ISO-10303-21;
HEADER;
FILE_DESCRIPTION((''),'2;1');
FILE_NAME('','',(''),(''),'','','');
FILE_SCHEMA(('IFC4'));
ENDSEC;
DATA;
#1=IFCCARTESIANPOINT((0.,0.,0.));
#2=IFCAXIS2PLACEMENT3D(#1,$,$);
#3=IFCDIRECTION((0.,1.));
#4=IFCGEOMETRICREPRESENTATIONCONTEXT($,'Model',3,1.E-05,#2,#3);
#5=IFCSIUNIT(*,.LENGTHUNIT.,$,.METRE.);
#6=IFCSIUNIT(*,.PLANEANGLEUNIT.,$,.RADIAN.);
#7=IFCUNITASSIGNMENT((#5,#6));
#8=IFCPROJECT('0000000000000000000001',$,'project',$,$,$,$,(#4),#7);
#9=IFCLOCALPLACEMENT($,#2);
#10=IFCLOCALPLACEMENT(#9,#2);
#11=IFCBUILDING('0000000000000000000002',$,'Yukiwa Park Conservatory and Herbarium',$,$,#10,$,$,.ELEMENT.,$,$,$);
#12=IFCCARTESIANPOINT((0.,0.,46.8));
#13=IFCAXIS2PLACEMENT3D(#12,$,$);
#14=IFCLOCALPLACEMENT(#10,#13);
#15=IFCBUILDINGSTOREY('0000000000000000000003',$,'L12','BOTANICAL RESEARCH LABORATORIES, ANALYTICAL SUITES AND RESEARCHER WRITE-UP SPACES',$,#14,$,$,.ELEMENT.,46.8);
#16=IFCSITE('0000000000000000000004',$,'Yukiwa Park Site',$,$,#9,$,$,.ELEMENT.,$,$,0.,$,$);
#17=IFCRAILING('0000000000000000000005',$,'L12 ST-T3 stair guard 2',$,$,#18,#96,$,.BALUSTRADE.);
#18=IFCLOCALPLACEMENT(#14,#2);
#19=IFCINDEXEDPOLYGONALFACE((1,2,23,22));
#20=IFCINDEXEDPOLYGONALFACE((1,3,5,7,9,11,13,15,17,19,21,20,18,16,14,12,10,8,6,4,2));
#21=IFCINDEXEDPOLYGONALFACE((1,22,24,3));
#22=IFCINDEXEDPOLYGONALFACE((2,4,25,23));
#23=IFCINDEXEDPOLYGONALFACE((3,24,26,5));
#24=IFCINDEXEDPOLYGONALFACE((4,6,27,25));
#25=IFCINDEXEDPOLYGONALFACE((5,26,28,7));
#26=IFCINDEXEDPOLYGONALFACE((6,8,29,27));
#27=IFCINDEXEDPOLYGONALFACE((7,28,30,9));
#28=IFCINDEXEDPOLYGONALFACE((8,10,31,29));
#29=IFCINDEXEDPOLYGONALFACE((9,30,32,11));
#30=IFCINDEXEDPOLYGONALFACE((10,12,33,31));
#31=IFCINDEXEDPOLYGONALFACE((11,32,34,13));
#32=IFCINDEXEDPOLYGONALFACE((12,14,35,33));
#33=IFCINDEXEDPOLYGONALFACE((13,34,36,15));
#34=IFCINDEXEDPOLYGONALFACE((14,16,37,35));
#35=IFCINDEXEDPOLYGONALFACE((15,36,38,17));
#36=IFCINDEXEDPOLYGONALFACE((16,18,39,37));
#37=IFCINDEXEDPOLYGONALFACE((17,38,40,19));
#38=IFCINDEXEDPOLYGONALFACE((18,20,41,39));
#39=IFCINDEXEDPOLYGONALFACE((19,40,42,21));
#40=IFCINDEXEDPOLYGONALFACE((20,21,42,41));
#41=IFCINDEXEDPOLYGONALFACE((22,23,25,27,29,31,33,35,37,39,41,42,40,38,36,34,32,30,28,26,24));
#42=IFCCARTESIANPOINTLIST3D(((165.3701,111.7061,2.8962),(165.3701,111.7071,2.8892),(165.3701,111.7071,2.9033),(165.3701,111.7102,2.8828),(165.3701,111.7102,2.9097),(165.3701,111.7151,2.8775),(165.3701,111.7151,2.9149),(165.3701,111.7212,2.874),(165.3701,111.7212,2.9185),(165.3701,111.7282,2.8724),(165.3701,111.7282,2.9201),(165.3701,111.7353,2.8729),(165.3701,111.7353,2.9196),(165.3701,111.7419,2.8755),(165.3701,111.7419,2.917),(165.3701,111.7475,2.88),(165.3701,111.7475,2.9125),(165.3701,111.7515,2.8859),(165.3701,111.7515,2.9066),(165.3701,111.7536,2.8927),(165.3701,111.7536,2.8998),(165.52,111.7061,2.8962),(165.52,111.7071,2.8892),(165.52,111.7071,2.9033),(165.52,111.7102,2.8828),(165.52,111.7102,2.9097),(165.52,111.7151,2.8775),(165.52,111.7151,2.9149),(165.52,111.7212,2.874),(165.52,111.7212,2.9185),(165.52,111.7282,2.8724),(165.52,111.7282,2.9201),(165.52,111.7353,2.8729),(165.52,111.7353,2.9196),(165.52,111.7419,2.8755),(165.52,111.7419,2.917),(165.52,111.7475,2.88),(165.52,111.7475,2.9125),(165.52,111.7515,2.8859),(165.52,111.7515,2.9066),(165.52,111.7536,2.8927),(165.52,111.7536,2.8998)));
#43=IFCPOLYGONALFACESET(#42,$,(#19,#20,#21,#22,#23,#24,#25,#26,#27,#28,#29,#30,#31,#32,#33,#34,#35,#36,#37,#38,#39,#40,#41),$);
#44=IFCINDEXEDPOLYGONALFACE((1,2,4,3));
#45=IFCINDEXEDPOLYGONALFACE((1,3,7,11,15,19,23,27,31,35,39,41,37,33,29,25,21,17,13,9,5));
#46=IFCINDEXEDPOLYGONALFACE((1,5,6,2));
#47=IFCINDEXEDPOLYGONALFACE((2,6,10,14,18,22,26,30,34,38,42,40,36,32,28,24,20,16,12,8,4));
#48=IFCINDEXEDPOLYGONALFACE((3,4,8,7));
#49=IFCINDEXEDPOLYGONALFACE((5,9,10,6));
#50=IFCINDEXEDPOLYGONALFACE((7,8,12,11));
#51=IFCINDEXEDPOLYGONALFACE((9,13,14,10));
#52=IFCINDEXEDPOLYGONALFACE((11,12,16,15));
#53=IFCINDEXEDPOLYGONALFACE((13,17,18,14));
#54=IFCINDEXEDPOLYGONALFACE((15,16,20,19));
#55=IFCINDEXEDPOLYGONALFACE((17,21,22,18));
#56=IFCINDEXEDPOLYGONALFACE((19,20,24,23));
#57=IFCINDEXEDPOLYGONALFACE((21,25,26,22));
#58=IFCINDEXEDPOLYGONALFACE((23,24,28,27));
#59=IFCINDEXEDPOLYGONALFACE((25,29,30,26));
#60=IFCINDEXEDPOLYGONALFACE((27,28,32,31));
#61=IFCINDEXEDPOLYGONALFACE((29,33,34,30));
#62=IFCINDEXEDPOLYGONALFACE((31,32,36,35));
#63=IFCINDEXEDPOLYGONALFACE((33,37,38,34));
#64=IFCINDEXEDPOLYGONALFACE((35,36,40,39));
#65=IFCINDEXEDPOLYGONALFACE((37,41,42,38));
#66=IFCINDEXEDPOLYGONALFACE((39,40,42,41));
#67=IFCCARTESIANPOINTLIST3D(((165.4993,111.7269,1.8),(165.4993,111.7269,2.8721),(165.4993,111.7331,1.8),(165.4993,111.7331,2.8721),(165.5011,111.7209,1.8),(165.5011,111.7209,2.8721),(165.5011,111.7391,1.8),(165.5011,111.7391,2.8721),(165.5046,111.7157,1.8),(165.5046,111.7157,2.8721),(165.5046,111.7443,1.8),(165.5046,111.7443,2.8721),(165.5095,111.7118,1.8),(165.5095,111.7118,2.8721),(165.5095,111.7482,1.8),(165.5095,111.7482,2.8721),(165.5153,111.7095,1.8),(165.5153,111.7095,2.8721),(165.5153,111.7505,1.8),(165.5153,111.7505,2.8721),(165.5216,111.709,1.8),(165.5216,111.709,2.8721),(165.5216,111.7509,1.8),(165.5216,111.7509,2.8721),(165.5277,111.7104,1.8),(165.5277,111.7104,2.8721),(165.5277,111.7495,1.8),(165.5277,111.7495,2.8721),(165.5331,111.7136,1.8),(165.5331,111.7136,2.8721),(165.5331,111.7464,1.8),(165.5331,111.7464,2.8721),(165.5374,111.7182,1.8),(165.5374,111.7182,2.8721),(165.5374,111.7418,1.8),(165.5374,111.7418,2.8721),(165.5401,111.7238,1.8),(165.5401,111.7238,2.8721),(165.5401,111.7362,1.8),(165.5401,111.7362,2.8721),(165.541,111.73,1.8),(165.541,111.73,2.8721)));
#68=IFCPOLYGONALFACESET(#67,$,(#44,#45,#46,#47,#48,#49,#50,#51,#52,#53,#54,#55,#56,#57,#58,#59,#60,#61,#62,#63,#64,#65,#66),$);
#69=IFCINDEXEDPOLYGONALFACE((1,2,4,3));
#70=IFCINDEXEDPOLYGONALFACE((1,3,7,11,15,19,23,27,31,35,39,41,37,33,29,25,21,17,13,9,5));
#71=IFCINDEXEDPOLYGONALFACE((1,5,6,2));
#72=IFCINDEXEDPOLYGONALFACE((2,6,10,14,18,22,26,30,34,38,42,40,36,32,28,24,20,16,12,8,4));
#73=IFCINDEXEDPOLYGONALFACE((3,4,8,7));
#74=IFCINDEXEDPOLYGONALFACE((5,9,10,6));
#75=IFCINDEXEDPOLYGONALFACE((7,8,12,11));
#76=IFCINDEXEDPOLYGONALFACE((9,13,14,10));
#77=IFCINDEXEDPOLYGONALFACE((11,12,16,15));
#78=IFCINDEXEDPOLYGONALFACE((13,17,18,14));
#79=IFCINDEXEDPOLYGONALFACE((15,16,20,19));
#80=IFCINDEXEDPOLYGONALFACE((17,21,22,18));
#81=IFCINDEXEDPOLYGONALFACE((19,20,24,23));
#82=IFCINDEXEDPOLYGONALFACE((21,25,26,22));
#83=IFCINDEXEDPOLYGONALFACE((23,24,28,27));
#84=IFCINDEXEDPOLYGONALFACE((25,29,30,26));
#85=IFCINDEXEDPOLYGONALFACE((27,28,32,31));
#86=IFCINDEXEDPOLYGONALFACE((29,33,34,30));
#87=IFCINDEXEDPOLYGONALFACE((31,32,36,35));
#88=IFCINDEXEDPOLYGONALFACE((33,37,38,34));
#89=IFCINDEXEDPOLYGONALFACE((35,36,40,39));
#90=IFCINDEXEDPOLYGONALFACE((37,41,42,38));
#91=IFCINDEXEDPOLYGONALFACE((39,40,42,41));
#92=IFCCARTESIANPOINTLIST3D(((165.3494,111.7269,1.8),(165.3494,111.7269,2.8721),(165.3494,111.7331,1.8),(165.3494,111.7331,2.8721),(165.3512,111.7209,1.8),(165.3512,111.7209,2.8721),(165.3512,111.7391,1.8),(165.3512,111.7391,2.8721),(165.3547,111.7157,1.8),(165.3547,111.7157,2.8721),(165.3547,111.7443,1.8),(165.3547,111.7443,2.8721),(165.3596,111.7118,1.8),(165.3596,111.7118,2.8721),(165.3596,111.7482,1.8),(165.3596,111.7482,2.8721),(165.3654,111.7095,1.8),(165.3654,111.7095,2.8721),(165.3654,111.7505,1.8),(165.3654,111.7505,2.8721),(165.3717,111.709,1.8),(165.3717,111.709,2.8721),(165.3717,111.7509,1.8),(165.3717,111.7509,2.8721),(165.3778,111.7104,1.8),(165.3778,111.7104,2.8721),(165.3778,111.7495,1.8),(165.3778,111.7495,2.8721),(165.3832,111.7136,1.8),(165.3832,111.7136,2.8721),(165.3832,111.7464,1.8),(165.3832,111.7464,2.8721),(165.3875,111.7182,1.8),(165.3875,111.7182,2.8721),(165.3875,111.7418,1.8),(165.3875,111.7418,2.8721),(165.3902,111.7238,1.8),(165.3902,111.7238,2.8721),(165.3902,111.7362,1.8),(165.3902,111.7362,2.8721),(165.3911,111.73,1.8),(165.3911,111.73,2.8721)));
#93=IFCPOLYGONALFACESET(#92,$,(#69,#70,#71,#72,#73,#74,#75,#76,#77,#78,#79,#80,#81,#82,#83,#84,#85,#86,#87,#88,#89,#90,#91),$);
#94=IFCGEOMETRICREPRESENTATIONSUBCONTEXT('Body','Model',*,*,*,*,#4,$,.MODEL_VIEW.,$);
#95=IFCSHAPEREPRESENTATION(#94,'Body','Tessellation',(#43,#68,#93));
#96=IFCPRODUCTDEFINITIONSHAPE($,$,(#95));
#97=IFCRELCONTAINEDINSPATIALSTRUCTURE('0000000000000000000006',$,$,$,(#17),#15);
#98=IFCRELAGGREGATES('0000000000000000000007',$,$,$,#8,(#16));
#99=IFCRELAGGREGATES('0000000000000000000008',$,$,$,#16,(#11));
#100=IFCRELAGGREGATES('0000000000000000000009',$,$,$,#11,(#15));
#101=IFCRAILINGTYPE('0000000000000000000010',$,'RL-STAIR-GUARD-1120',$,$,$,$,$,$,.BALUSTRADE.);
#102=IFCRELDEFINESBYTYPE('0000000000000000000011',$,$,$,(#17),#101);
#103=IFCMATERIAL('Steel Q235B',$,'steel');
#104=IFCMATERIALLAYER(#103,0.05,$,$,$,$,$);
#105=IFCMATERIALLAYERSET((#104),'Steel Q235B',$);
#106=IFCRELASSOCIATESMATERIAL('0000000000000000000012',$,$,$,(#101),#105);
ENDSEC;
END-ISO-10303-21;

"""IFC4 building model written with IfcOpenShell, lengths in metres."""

from ifc_helpers import new_model, si_unit, direction, frame, origin, origin_2d, place, context, subcontext, project, spatial, circle, extrude, material, layer, layer_set, type_object, element, save


model = new_model("IFC4")

# Units and contexts
model_context = context("Model", 3, precision=1e-05, world=origin(), true_north=direction((0.0, 1.0)))
body_context = subcontext(model_context, "Body", "Model", "MODEL_VIEW")
ifc_project = project(units=[si_unit("LENGTHUNIT", "METRE"), si_unit("PLANEANGLEUNIT", "RADIAN")], contexts=[model_context])

# Site, building, storey
site_placement = place(None, origin())
site = spatial("IfcSite", under=ifc_project, at=site_placement, Name="Yukiwa Park Site", CompositionType="ELEMENT", RefElevation=0.0)
building_placement = place(site_placement, origin())
building = spatial("IfcBuilding", under=site, at=building_placement, Name="Yukiwa Park Conservatory and Herbarium", CompositionType="ELEMENT")
storey_placement = place(building_placement, frame((0.0, 0.0, 46.8)))
storey = spatial("IfcBuildingStorey", under=building, at=storey_placement, Name="L12", Description="BOTANICAL RESEARCH LABORATORIES, ANALYTICAL SUITES AND RESEARCHER WRITE-UP SPACES", CompositionType="ELEMENT", Elevation=46.8)

# Railing
ifc_material_1 = material(Name="Steel Q235B", Category="steel")
ifc_layer_1 = layer(ifc_material_1, 0.05)
ifc_layer_set_1 = layer_set([ifc_layer_1], Name="Steel Q235B")
railing_type_1 = type_object("IfcRailingType", Name="RL-STAIR-GUARD-1120", PredefinedType="BALUSTRADE", material=ifc_layer_set_1)
railing_1_placement = place(storey_placement, frame((165.52, 111.73, 1.8)))
element("IfcRailing", 1, at=railing_1_placement, inside=storey, type_object=railing_type_1, Name="L12 ST-T3 stair guard 2", PredefinedType="BALUSTRADE", context=body_context, shape_type="SweptSolid", body=[
    extrude(circle(Radius=0.0239, at=origin_2d()), frame((0.0, 0.0, 1.0962), z_axis=(-1.0, 0.0, 0.0), x_axis=(0.0, -1.0, 0.0)), (0.0, 0.0, 1.0), 0.1499),
    extrude(circle(Radius=0.021, at=origin_2d()), origin(), (0.0, 0.0, 1.0), 1.072),
    extrude(circle(Radius=0.021, at=origin_2d()), frame((-0.1499, 0.0, 0.0)), (0.0, 0.0, 1.0), 1.072),
])

save(model, "model.ifc")
